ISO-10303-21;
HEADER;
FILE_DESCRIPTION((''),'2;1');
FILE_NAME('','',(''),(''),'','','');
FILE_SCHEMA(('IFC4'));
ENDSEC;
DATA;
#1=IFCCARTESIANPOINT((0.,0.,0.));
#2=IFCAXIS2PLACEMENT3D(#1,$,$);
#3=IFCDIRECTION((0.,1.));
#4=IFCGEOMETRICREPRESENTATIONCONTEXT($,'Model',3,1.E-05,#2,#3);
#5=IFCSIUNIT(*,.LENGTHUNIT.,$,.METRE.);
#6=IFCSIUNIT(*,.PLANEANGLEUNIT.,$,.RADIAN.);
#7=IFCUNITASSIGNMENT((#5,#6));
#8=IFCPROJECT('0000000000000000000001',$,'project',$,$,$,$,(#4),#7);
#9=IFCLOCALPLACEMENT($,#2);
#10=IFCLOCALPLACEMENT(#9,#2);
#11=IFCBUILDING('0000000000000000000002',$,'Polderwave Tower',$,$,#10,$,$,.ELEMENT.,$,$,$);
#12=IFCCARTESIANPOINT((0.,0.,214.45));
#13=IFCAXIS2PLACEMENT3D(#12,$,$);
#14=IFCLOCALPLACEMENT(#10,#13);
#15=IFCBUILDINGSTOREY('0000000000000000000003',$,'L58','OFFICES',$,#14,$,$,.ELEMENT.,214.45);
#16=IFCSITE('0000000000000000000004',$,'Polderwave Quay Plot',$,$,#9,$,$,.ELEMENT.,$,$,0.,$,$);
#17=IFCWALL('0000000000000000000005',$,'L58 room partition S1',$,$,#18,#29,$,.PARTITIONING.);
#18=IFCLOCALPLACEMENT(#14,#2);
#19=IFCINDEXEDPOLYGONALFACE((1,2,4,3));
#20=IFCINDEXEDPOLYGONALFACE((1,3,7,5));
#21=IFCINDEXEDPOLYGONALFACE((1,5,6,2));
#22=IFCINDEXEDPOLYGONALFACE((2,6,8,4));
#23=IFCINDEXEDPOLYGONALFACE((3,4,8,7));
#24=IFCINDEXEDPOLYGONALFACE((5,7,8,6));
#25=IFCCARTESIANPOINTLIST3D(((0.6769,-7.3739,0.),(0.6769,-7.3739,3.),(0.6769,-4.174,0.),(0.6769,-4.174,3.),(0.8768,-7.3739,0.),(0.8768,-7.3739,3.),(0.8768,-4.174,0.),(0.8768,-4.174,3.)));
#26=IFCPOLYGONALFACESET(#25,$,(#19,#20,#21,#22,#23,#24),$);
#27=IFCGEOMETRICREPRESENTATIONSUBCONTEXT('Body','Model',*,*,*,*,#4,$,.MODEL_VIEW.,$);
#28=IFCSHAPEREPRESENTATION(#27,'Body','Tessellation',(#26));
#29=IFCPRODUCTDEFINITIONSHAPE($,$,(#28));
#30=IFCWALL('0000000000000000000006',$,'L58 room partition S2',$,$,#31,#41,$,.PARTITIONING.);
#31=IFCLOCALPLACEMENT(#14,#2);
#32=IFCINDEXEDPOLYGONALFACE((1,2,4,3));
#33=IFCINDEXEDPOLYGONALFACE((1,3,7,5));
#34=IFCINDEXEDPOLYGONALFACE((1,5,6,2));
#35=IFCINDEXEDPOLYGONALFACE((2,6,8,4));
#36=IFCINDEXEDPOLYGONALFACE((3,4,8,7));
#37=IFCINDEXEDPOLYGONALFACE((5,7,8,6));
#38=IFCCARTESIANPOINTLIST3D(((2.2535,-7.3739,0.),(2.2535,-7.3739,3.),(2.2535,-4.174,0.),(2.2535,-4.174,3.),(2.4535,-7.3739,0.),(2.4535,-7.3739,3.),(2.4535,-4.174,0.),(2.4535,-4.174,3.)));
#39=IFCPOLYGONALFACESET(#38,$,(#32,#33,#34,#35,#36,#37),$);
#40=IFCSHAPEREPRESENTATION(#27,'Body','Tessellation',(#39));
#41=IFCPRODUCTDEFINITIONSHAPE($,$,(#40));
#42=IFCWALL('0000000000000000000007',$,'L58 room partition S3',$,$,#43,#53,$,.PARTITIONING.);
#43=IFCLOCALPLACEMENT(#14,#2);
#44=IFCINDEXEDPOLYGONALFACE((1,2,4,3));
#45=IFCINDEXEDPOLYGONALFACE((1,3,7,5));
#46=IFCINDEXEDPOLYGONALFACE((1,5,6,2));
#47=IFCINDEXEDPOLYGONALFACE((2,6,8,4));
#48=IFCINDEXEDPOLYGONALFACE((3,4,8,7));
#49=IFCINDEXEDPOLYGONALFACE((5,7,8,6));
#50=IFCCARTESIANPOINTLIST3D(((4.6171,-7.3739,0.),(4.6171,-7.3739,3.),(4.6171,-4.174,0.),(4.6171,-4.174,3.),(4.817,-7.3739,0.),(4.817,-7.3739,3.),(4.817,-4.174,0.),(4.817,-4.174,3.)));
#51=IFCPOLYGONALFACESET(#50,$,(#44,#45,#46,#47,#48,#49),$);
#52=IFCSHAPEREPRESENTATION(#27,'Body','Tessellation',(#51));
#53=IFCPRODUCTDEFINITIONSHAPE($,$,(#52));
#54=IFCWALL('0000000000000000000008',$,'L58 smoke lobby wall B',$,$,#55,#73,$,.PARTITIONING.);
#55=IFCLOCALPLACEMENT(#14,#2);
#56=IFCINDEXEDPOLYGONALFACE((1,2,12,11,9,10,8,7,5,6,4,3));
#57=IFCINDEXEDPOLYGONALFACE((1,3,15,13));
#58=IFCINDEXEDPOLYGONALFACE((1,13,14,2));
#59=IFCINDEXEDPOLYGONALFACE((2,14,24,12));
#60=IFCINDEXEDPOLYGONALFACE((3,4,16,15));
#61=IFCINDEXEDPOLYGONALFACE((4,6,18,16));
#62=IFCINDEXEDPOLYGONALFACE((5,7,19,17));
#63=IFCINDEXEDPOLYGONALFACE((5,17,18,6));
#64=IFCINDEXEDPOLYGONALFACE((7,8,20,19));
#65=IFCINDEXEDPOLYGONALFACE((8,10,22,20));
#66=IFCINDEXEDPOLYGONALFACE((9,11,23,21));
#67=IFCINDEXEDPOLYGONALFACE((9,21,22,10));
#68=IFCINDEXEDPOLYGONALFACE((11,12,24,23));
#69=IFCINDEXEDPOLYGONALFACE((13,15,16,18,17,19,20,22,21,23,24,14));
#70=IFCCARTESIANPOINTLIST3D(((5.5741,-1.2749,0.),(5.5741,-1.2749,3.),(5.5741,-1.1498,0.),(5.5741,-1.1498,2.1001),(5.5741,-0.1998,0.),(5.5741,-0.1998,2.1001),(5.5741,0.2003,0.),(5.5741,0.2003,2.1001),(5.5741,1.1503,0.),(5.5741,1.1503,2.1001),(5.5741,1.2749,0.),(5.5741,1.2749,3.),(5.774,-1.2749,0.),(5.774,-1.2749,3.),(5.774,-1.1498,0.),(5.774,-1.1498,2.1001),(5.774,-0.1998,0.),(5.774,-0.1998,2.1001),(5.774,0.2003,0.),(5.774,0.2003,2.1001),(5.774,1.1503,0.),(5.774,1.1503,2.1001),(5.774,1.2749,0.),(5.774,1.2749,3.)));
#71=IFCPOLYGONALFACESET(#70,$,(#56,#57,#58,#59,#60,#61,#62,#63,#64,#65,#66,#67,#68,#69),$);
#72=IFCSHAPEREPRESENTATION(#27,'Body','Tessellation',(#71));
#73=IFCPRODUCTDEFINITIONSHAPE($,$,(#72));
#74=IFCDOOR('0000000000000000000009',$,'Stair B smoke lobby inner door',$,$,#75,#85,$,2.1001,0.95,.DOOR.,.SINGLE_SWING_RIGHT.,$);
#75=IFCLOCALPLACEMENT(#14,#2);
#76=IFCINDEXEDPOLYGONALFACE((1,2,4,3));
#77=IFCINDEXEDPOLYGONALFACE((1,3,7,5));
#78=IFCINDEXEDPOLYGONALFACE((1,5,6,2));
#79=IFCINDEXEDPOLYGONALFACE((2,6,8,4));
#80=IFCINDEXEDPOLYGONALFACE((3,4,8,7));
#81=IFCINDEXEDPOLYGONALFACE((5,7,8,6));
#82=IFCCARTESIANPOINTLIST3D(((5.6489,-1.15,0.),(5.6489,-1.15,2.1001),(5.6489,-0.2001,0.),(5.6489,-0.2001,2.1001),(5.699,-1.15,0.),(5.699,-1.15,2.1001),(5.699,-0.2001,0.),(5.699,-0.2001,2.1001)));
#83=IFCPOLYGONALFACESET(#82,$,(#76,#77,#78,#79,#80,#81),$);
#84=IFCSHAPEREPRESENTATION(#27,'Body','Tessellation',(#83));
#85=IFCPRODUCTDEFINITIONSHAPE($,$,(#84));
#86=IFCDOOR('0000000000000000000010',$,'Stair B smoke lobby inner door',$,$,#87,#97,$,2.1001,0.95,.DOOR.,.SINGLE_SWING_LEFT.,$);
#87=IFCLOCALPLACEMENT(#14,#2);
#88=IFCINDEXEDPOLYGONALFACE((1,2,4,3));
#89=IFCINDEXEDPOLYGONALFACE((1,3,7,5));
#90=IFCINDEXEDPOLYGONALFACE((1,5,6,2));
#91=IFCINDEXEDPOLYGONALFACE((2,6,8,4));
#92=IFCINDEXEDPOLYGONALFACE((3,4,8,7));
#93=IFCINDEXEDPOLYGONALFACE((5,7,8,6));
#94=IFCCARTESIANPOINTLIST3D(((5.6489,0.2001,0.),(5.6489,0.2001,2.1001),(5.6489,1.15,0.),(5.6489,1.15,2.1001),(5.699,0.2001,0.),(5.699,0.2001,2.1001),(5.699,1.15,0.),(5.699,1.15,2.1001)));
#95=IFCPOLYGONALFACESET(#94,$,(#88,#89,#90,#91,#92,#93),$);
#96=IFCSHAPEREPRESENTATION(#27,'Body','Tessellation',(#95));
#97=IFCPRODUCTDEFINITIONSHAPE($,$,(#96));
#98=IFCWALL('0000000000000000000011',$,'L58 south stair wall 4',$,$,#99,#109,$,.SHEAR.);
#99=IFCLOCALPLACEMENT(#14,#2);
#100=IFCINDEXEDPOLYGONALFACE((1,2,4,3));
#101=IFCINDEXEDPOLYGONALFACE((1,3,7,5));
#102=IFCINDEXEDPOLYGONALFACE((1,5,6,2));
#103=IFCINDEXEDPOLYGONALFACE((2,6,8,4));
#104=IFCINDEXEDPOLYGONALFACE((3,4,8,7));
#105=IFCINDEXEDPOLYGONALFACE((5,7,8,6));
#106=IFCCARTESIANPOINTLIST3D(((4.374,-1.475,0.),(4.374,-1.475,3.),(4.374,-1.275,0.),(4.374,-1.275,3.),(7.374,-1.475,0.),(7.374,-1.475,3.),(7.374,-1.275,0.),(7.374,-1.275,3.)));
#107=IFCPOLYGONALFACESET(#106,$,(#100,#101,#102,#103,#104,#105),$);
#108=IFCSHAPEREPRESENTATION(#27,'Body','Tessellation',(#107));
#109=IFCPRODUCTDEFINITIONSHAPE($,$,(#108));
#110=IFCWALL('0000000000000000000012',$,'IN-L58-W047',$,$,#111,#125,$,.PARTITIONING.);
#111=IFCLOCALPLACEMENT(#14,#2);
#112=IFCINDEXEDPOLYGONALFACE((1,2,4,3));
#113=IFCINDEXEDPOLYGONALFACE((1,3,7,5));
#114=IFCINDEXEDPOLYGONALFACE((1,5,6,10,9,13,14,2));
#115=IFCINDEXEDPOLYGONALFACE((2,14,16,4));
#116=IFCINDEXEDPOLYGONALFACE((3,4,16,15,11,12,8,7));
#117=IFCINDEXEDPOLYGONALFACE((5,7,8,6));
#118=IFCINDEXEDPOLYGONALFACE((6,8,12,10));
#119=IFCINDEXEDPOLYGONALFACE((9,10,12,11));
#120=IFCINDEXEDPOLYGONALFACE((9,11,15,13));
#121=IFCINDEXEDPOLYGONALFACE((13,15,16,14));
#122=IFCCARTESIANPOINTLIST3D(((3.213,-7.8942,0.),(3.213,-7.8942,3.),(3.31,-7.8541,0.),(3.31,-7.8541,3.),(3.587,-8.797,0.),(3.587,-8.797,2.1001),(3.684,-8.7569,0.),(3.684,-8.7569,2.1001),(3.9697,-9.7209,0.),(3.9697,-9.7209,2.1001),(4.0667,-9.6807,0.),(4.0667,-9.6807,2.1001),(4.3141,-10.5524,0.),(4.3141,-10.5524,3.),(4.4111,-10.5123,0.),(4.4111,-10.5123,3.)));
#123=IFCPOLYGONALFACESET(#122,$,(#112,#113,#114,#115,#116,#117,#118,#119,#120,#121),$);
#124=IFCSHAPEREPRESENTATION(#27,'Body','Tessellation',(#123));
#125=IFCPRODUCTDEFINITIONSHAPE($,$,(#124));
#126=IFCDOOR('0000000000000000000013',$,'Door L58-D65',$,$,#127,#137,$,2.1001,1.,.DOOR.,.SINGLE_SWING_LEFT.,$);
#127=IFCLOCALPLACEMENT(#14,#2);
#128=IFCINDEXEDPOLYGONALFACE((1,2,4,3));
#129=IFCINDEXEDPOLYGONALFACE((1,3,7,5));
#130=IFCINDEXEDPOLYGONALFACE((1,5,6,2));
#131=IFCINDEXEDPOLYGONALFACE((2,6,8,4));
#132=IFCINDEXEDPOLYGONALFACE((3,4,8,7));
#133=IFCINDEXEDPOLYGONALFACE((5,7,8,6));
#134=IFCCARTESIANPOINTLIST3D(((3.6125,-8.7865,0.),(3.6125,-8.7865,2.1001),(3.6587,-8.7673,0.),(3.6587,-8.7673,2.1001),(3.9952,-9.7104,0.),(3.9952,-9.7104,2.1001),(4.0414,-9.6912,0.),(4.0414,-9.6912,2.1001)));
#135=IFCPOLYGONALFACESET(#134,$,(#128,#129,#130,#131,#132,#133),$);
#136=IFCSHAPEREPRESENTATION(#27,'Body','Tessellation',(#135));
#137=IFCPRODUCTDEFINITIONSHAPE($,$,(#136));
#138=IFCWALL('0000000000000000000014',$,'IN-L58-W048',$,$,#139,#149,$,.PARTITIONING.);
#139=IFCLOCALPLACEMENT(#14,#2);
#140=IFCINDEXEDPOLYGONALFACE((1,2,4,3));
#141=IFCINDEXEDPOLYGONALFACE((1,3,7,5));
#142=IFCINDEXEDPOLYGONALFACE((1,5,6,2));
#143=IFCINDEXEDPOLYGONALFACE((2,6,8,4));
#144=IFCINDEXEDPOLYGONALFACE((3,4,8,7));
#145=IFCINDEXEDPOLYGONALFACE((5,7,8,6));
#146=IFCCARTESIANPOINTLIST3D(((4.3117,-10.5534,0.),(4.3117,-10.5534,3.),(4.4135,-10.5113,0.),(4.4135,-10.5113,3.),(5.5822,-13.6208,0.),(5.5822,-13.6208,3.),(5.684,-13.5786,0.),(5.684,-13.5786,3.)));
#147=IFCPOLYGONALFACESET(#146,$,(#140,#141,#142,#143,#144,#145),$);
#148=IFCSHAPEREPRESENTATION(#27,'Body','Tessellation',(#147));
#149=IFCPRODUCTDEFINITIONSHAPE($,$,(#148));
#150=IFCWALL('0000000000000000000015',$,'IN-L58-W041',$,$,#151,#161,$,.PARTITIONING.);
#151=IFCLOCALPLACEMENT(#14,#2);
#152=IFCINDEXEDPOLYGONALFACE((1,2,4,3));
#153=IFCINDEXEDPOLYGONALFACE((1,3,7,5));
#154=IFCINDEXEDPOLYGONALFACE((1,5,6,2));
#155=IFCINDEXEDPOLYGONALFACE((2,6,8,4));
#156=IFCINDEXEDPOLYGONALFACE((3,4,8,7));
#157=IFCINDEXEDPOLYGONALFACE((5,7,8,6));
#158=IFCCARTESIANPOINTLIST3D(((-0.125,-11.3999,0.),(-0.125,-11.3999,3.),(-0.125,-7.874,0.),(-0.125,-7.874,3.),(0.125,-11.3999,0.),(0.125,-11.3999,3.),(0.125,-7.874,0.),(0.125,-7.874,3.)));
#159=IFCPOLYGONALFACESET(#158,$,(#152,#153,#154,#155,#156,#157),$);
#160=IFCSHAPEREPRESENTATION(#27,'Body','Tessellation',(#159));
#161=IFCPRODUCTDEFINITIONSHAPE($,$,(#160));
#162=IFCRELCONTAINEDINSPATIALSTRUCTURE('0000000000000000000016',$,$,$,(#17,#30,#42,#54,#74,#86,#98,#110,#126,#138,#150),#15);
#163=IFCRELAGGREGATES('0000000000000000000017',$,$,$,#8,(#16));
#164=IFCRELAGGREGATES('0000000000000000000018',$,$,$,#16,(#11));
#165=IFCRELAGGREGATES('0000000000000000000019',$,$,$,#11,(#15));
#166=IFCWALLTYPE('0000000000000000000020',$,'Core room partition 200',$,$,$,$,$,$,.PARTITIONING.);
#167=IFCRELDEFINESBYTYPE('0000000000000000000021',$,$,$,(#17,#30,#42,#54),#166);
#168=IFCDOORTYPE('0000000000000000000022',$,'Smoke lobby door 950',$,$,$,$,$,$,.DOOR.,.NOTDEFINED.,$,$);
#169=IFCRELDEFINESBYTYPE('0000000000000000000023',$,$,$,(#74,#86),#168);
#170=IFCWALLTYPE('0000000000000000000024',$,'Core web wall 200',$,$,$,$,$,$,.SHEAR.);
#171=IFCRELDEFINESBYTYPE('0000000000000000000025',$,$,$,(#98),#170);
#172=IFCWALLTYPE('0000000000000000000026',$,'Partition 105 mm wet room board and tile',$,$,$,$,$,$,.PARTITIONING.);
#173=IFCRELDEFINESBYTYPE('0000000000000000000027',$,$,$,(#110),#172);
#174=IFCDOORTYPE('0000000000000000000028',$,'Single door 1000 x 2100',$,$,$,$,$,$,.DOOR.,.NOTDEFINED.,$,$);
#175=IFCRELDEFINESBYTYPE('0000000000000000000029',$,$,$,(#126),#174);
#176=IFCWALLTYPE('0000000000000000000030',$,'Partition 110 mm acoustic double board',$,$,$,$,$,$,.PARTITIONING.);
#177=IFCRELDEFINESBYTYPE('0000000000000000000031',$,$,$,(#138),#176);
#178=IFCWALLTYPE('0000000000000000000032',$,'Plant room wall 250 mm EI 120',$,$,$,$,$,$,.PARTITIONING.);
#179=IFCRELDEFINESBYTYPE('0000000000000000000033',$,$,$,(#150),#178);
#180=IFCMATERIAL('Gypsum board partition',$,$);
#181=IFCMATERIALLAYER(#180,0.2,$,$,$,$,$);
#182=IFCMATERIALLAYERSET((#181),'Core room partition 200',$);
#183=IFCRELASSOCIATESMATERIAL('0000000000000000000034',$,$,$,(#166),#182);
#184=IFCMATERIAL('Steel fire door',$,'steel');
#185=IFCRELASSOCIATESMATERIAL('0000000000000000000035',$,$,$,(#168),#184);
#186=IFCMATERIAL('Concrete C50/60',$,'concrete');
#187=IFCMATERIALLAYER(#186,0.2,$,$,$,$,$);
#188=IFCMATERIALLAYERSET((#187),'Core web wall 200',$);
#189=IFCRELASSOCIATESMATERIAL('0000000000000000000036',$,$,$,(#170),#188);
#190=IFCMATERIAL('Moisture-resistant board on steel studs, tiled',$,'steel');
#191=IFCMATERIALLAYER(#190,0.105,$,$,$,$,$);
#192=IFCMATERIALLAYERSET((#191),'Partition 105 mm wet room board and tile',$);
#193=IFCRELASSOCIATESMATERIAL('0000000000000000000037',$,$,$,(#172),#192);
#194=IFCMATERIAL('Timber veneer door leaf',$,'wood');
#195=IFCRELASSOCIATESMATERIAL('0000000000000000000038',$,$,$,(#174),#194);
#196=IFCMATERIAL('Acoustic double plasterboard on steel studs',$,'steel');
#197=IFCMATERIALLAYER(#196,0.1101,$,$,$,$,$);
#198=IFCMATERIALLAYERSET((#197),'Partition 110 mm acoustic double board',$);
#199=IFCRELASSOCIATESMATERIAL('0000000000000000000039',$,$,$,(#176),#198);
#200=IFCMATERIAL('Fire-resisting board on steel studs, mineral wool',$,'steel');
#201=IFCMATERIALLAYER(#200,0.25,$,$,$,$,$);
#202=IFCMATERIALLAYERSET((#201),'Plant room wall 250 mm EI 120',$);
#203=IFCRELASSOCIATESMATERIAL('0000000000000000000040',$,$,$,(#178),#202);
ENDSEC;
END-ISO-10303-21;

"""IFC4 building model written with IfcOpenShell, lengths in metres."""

from ifc_helpers import new_model, si_unit, direction, frame, frame_2d, origin, place, context, subcontext, project, spatial, rectangle, extrude, material, layer, layer_set, type_object, element, fill, save


model = new_model("IFC4")

# Units and contexts
model_context = context("Model", 3, precision=1e-05, world=origin(), true_north=direction((0.0, 1.0)))
body_context = subcontext(model_context, "Body", "Model", "MODEL_VIEW")
ifc_project = project(units=[si_unit("LENGTHUNIT", "METRE"), si_unit("PLANEANGLEUNIT", "RADIAN")], contexts=[model_context])

# Site, building, storey
site_placement = place(None, origin())
site = spatial("IfcSite", under=ifc_project, at=site_placement, Name="Polderwave Quay Plot", CompositionType="ELEMENT", RefElevation=0.0)
building_placement = place(site_placement, origin())
building = spatial("IfcBuilding", under=site, at=building_placement, Name="Polderwave Tower", CompositionType="ELEMENT")
storey_placement = place(building_placement, frame((0.0, 0.0, 214.45)))
storey = spatial("IfcBuildingStorey", under=building, at=storey_placement, Name="L58", Description="OFFICES", CompositionType="ELEMENT", Elevation=214.45)

# Walls
ifc_material_1 = material(Name="Gypsum board partition")
ifc_layer_1 = layer(ifc_material_1, 0.2)
ifc_layer_set_1 = layer_set([ifc_layer_1], Name="Core room partition 200")
wall_type_1 = type_object("IfcWallType", Name="Core room partition 200", PredefinedType="PARTITIONING", material=ifc_layer_set_1)
for number, where, z_axis, x_axis, name in (
    (1, (0.7769, -7.374, 0.0), (0.0, 0.0, 1.0), (0.0, 1.0, 0.0), "L58 room partition S1"),
    (2, (2.3535, -7.374, 0.0), (0.0, 0.0, 1.0), (0.0, 1.0, 0.0), "L58 room partition S2"),
    (3, (4.717, -7.374, 0.0), (0.0, 0.0, 1.0), (0.0, 1.0, 0.0), "L58 room partition S3"),
):
    element("IfcWall", number, at=place(storey_placement, frame(where, z_axis=z_axis, x_axis=x_axis)), inside=storey, type_object=wall_type_1, Name=name, PredefinedType="PARTITIONING", context=body_context, shape_type="SweptSolid", body=[
        extrude(rectangle(XDim=3.2, YDim=0.2, at=frame_2d((1.6001, 0.0))), origin(), (0.0, 0.0, 1.0), 3.0),
    ])

# Wall, openings, doors
wall_1_placement = place(storey_placement, frame((5.6741, -1.2749, 0.0), z_axis=(0.0, 0.0, 1.0), x_axis=(0.0, 1.0, 0.0)))
wall_1 = element("IfcWall", 4, at=wall_1_placement, inside=storey, type_object=wall_type_1, Name="L58 smoke lobby wall B", PredefinedType="PARTITIONING", context=body_context, shape_type="SweptSolid", body=[
    extrude(rectangle(XDim=2.5498, YDim=0.2, at=frame_2d((1.2749, 0.0))), origin(), (0.0, 0.0, 1.0), 3.0),
])
opening_1_placement = place(wall_1_placement, frame((0.125, 0.0, 0.0)))
opening_1 = element("IfcOpeningElement", 5, at=opening_1_placement, cuts=wall_1, PredefinedType="OPENING", context=body_context, shape_type="SweptSolid", body=[
    extrude(rectangle(XDim=0.95, YDim=2.1001, at=frame_2d((0.4751, 1.05))), frame((0.0, 0.1099, 0.0), z_axis=(0.0, -1.0, 0.0), x_axis=(1.0, 0.0, 0.0)), (0.0, 0.0, 1.0), 0.22),
])
opening_2_placement = place(wall_1_placement, frame((1.4751, 0.0, 0.0)))
opening_2 = element("IfcOpeningElement", 6, at=opening_2_placement, cuts=wall_1, PredefinedType="OPENING", context=body_context, shape_type="SweptSolid", body=[
    extrude(rectangle(XDim=0.95, YDim=2.1001, at=frame_2d((0.4751, 1.05))), frame((0.0, 0.1099, 0.0), z_axis=(0.0, -1.0, 0.0), x_axis=(1.0, 0.0, 0.0)), (0.0, 0.0, 1.0), 0.22),
])
ifc_material_2 = material(Name="Steel fire door", Category="steel")
door_type_1 = type_object("IfcDoorType", Name="Smoke lobby door 950", OperationType="NOTDEFINED", PredefinedType="DOOR", material=ifc_material_2)
door_1_placement = place(opening_1_placement, frame((0.95, 0.0, 0.0), z_axis=(0.0, 0.0, 1.0), x_axis=(-1.0, 0.0, 0.0)))
door_1 = element("IfcDoor", 7, at=door_1_placement, inside=storey, type_object=door_type_1, Name="Stair B smoke lobby inner door", OperationType="SINGLE_SWING_RIGHT", OverallHeight=2.1001, OverallWidth=0.95, PredefinedType="DOOR", context=body_context, shape_type="SweptSolid", body=[
    extrude(rectangle(XDim=0.95, YDim=2.1001, at=frame_2d((0.4751, 1.05))), frame((0.0, 0.0249, 0.0), z_axis=(0.0, -1.0, 0.0), x_axis=(1.0, 0.0, 0.0)), (0.0, 0.0, 1.0), 0.05),
])
fill(opening_1, door_1)
door_2_placement = place(opening_2_placement, frame((0.95, 0.0, 0.0), z_axis=(0.0, 0.0, 1.0), x_axis=(-1.0, 0.0, 0.0)))
door_2 = element("IfcDoor", 8, at=door_2_placement, inside=storey, type_object=door_type_1, Name="Stair B smoke lobby inner door", OperationType="SINGLE_SWING_LEFT", OverallHeight=2.1001, OverallWidth=0.95, PredefinedType="DOOR", context=body_context, shape_type="SweptSolid", body=[
    extrude(rectangle(XDim=0.95, YDim=2.1001, at=frame_2d((0.4751, 1.05))), frame((0.0, 0.0249, 0.0), z_axis=(0.0, -1.0, 0.0), x_axis=(1.0, 0.0, 0.0)), (0.0, 0.0, 1.0), 0.05),
])
fill(opening_2, door_2)

# Wall
ifc_material_3 = material(Name="Concrete C50/60", Category="concrete")
ifc_layer_2 = layer(ifc_material_3, 0.2)
ifc_layer_set_2 = layer_set([ifc_layer_2], Name="Core web wall 200")
wall_type_2 = type_object("IfcWallType", Name="Core web wall 200", PredefinedType="SHEAR", material=ifc_layer_set_2)
wall_2_placement = place(storey_placement, frame((4.374, -1.375, 0.0), z_axis=(0.0, 0.0, 1.0), x_axis=(1.0, 0.0, 0.0)))
element("IfcWall", 9, at=wall_2_placement, inside=storey, type_object=wall_type_2, Name="L58 south stair wall 4", PredefinedType="SHEAR", context=body_context, shape_type="SweptSolid", body=[
    extrude(rectangle(XDim=3.0, YDim=0.2, at=frame_2d((1.5, 0.0))), origin(), (0.0, 0.0, 1.0), 3.0),
])

# Wall, opening, door
ifc_material_4 = material(Name="Moisture-resistant board on steel studs, tiled", Category="steel")
ifc_layer_3 = layer(ifc_material_4, 0.105)
ifc_layer_set_3 = layer_set([ifc_layer_3], Name="Partition 105 mm wet room board and tile")
wall_type_3 = type_object("IfcWallType", Name="Partition 105 mm wet room board and tile", PredefinedType="PARTITIONING", material=ifc_layer_set_3)
wall_3_placement = place(storey_placement, frame((4.3625, -10.5322, 0.0), z_axis=(0.0, 0.0, 1.0), x_axis=(-0.382687, 0.923878, 0.0)))
wall_3 = element("IfcWall", 10, at=wall_3_placement, inside=storey, type_object=wall_type_3, Name="IN-L58-W047", PredefinedType="PARTITIONING", context=body_context, shape_type="SweptSolid", body=[
    extrude(rectangle(XDim=2.8772, YDim=0.105, at=frame_2d((1.4385, 0.0))), origin(), (0.0, 0.0, 1.0), 3.0),
])
opening_3_placement = place(wall_3_placement, frame((0.8999, 0.0, 0.0)))
opening_3 = element("IfcOpeningElement", 11, at=opening_3_placement, cuts=wall_3, PredefinedType="OPENING", context=body_context, shape_type="SweptSolid", body=[
    extrude(rectangle(XDim=1.0, YDim=2.1001, at=frame_2d((0.5, 1.05))), frame((0.0, 0.0625, 0.0), z_axis=(0.0, -1.0, 0.0), x_axis=(1.0, 0.0, 0.0)), (0.0, 0.0, 1.0), 0.125),
])
ifc_material_5 = material(Name="Timber veneer door leaf", Category="wood")
door_type_2 = type_object("IfcDoorType", Name="Single door 1000 x 2100", OperationType="NOTDEFINED", PredefinedType="DOOR", material=ifc_material_5)
door_3_placement = place(opening_3_placement, origin())
door_3 = element("IfcDoor", 12, at=door_3_placement, inside=storey, type_object=door_type_2, Name="Door L58-D65", OperationType="SINGLE_SWING_LEFT", OverallHeight=2.1001, OverallWidth=1.0, PredefinedType="DOOR", context=body_context, shape_type="SweptSolid", body=[
    extrude(rectangle(XDim=1.0, YDim=2.1001, at=frame_2d((0.5, 1.05))), frame((0.0, 0.0249, 0.0), z_axis=(0.0, -1.0, 0.0), x_axis=(1.0, 0.0, 0.0)), (0.0, 0.0, 1.0), 0.05),
])
fill(opening_3, door_3)

# Walls
ifc_material_6 = material(Name="Acoustic double plasterboard on steel studs", Category="steel")
ifc_layer_4 = layer(ifc_material_6, 0.1101)
ifc_layer_set_4 = layer_set([ifc_layer_4], Name="Partition 110 mm acoustic double board")
wall_type_4 = type_object("IfcWallType", Name="Partition 110 mm acoustic double board", PredefinedType="PARTITIONING", material=ifc_layer_set_4)
wall_4_placement = place(storey_placement, frame((4.3625, -10.5322, 0.0), z_axis=(0.0, 0.0, 1.0), x_axis=(0.382672, -0.923884, 0.0)))
element("IfcWall", 13, at=wall_4_placement, inside=storey, type_object=wall_type_4, Name="IN-L58-W048", PredefinedType="PARTITIONING", context=body_context, shape_type="SweptSolid", body=[
    extrude(rectangle(XDim=3.3201, YDim=0.1101, at=frame_2d((1.6602, 0.0))), origin(), (0.0, 0.0, 1.0), 3.0),
])
ifc_material_7 = material(Name="Fire-resisting board on steel studs, mineral wool", Category="steel")
ifc_layer_5 = layer(ifc_material_7, 0.25)
ifc_layer_set_5 = layer_set([ifc_layer_5], Name="Plant room wall 250 mm EI 120")
wall_type_5 = type_object("IfcWallType", Name="Plant room wall 250 mm EI 120", PredefinedType="PARTITIONING", material=ifc_layer_set_5)
wall_5_placement = place(storey_placement, frame((0.0, -7.874, 0.0), z_axis=(0.0, 0.0, 1.0), x_axis=(0.0, -1.0, 0.0)))
element("IfcWall", 14, at=wall_5_placement, inside=storey, type_object=wall_type_5, Name="IN-L58-W041", PredefinedType="PARTITIONING", context=body_context, shape_type="SweptSolid", body=[
    extrude(rectangle(XDim=3.5259, YDim=0.25, at=frame_2d((1.7629, 0.0))), origin(), (0.0, 0.0, 1.0), 3.0),
])

save(model, "model.ifc")
